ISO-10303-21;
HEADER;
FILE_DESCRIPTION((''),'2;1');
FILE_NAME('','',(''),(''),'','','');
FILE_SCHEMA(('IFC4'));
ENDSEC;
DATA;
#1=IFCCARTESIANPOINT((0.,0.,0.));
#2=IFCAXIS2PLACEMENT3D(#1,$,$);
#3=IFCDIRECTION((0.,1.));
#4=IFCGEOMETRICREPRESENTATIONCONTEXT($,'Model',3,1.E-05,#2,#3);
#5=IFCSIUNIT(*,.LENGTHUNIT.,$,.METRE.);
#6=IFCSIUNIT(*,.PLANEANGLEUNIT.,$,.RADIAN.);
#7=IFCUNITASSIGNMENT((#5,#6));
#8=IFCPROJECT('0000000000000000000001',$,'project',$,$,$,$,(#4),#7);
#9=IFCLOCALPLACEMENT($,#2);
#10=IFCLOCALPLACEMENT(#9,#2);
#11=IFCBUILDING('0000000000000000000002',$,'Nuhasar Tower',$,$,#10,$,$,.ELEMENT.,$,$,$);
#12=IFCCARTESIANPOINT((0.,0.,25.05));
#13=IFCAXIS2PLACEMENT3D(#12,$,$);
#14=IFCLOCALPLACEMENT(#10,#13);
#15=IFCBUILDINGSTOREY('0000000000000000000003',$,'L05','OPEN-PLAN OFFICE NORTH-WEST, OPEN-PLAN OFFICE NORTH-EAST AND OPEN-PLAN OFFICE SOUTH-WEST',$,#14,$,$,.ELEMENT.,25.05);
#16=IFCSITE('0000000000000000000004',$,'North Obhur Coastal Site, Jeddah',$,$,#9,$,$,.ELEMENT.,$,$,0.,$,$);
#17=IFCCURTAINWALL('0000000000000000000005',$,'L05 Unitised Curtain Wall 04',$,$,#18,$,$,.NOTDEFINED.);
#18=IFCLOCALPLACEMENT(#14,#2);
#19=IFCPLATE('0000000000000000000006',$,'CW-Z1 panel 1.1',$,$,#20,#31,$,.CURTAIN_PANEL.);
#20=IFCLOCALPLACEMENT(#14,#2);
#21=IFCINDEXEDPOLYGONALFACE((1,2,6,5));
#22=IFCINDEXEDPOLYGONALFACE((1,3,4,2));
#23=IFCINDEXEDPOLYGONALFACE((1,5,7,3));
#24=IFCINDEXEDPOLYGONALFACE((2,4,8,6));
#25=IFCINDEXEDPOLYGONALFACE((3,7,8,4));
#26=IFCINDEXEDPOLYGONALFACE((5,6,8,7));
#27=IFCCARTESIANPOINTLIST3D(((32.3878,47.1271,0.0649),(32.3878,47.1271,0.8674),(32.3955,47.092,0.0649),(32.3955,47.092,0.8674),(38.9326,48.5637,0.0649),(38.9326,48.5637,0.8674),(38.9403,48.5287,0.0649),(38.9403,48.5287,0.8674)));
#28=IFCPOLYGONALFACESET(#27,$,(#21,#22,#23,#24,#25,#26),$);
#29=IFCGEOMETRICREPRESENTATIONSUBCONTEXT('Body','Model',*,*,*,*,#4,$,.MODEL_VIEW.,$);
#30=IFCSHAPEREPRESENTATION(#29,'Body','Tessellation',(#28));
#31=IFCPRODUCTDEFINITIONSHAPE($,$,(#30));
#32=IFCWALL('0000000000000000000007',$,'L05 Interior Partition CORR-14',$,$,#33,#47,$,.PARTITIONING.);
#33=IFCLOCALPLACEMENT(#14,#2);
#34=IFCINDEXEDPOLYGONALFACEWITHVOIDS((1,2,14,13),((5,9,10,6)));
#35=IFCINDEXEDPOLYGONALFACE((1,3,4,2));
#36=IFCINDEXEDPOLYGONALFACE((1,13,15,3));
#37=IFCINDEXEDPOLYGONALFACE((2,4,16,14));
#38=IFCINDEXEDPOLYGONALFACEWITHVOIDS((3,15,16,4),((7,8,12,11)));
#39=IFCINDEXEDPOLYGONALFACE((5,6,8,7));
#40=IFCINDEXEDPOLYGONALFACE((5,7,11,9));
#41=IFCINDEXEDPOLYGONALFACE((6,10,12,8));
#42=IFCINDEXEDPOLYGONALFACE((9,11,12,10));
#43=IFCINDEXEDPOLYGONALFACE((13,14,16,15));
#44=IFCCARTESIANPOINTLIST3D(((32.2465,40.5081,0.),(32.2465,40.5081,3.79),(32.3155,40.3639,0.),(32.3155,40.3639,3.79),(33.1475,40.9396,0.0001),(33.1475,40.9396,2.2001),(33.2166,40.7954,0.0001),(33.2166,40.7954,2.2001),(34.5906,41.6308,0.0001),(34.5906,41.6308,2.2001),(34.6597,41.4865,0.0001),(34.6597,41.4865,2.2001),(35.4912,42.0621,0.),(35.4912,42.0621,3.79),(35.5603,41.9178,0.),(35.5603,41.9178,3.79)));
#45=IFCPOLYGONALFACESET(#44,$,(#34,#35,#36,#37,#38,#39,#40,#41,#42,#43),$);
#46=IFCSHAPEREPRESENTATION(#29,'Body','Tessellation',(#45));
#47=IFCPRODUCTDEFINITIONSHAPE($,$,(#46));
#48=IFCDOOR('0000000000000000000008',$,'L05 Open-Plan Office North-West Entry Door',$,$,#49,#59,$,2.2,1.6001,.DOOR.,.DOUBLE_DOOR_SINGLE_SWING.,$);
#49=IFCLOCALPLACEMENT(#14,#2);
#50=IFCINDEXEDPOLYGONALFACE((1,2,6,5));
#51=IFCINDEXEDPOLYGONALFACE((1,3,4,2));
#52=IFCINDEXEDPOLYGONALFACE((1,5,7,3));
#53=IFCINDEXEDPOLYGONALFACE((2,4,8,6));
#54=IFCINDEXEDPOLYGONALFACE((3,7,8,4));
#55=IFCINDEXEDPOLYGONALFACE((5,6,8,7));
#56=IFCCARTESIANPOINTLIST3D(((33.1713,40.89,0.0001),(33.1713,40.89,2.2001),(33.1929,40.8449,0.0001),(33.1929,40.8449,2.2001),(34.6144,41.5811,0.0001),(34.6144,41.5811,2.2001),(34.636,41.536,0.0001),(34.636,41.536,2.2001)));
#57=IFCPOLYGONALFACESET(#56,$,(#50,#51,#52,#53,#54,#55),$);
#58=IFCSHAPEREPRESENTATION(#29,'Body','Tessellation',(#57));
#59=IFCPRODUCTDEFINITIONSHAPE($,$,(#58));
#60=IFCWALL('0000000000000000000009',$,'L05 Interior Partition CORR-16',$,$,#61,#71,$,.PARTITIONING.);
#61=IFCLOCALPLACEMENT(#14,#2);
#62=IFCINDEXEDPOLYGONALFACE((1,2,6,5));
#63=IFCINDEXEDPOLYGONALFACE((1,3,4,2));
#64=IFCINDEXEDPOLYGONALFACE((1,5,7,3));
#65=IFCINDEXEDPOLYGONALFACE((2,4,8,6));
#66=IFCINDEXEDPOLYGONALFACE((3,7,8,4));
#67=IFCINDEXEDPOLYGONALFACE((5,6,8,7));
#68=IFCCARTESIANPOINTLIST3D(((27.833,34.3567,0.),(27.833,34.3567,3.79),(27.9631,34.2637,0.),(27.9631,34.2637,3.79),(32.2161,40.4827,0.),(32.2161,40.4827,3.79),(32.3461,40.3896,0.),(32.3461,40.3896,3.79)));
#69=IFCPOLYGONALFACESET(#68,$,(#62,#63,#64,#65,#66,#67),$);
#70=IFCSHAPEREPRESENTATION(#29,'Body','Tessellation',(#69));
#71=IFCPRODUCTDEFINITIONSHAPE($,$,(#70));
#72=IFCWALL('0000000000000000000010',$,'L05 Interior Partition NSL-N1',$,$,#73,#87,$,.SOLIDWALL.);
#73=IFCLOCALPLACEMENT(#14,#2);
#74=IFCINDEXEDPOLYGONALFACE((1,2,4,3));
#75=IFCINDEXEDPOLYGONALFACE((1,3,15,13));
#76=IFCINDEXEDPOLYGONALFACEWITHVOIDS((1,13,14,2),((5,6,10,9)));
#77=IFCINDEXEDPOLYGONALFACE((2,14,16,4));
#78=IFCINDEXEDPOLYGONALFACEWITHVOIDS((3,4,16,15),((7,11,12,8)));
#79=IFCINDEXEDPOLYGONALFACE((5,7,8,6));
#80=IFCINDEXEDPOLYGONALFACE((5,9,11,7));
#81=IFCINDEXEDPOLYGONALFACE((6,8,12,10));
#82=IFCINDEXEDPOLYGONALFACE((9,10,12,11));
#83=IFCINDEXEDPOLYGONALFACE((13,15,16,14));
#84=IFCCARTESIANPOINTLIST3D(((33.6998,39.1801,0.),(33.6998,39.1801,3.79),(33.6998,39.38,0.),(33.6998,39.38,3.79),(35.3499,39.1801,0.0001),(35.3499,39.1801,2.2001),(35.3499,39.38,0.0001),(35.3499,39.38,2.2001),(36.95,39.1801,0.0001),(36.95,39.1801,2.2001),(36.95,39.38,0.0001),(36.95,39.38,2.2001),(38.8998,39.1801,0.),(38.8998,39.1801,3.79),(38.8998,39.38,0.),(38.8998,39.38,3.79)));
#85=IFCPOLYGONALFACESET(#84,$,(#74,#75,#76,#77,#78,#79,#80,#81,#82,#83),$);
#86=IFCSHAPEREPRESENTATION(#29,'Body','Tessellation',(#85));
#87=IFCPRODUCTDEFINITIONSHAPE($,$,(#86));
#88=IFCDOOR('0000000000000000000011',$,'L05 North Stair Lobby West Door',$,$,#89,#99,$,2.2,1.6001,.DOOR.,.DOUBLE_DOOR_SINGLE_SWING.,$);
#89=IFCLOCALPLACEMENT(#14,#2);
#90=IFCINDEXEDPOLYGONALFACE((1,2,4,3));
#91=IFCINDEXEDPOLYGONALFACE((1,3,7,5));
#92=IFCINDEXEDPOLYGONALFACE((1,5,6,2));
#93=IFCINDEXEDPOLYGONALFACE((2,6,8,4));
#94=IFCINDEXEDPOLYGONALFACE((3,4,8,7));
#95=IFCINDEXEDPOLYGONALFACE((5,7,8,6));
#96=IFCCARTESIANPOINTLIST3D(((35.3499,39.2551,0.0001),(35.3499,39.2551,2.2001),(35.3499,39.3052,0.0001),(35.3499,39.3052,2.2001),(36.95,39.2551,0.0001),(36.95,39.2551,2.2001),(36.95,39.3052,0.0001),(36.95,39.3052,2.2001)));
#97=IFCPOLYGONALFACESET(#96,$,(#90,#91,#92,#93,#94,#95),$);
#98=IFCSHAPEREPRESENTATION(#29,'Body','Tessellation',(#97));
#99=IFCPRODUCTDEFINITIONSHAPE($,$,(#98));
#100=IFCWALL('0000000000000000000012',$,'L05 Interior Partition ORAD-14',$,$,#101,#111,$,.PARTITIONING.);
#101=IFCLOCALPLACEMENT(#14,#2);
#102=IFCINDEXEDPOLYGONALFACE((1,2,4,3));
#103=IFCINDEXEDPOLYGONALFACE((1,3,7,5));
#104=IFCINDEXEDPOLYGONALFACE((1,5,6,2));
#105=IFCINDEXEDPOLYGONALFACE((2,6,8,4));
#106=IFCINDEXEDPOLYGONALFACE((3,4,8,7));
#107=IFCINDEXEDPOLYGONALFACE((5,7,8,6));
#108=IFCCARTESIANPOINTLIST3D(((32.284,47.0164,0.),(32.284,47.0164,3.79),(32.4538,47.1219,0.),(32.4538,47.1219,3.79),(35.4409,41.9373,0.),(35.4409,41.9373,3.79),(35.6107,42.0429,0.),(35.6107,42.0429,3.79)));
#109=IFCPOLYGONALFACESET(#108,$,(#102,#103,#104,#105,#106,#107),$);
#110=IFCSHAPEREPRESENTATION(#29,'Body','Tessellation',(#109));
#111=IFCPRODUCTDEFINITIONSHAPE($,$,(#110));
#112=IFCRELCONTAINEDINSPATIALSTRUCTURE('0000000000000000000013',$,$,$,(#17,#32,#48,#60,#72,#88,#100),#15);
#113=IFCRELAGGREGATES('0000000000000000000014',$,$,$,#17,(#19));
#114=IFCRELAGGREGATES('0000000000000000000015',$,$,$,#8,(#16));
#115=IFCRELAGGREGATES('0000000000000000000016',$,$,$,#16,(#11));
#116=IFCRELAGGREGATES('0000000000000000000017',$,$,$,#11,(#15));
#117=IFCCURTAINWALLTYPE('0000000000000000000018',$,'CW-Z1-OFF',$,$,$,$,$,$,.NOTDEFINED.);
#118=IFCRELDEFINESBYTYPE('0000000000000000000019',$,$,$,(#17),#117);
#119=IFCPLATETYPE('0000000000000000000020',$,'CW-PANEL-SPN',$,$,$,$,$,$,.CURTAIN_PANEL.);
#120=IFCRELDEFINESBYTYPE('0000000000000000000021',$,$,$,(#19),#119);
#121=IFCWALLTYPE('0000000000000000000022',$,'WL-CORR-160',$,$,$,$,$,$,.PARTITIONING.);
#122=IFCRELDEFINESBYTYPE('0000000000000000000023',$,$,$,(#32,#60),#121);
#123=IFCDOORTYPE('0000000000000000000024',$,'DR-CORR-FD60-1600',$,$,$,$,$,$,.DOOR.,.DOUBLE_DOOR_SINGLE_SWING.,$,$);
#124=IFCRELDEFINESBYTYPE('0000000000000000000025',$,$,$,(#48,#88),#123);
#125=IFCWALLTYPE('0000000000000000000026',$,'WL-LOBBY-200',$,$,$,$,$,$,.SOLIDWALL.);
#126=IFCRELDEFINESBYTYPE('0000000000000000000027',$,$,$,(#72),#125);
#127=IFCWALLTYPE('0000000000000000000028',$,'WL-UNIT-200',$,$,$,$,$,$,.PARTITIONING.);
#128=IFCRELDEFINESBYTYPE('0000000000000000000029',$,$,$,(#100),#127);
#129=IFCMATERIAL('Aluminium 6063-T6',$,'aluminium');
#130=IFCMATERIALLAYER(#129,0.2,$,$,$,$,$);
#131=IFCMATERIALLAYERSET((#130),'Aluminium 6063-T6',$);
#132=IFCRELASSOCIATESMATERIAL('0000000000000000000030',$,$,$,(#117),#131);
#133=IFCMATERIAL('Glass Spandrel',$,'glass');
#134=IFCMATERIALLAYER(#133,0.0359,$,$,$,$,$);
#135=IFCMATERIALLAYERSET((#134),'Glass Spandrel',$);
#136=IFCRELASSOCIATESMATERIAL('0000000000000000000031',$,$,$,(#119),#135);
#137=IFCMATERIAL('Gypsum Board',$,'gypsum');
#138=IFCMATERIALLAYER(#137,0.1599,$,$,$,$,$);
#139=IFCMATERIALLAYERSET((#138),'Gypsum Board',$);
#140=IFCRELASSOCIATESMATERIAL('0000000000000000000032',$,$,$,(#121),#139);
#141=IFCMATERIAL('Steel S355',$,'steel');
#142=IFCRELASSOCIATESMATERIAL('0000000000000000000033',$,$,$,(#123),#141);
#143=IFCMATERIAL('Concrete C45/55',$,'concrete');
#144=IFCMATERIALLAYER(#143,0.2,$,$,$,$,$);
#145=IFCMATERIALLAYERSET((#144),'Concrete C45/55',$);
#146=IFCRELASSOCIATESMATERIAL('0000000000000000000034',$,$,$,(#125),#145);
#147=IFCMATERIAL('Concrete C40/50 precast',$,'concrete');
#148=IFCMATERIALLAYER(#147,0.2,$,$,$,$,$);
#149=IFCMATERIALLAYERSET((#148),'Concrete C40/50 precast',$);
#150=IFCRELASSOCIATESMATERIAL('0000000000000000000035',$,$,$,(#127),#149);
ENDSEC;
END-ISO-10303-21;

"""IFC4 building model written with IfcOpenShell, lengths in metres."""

from ifc_helpers import new_model, si_unit, direction, frame, frame_2d, origin, origin_2d, place, context, subcontext, project, spatial, rectangle, extrude, material, layer, layer_set, type_object, element, fill, aggregate, save


model = new_model("IFC4")

# Units and contexts
model_context = context("Model", 3, precision=1e-05, world=origin(), true_north=direction((0.0, 1.0)))
body_context = subcontext(model_context, "Body", "Model", "MODEL_VIEW")
ifc_project = project(units=[si_unit("LENGTHUNIT", "METRE"), si_unit("PLANEANGLEUNIT", "RADIAN")], contexts=[model_context])

# Site, building, storey
site_placement = place(None, origin())
site = spatial("IfcSite", under=ifc_project, at=site_placement, Name="North Obhur Coastal Site, Jeddah", CompositionType="ELEMENT", RefElevation=0.0)
building_placement = place(site_placement, origin())
building = spatial("IfcBuilding", under=site, at=building_placement, Name="Nuhasar Tower", CompositionType="ELEMENT")
storey_placement = place(building_placement, frame((0.0, 0.0, 25.05)))
storey = spatial("IfcBuildingStorey", under=building, at=storey_placement, Name="L05", Description="OPEN-PLAN OFFICE NORTH-WEST, OPEN-PLAN OFFICE NORTH-EAST AND OPEN-PLAN OFFICE SOUTH-WEST", CompositionType="ELEMENT", Elevation=25.05)

# Shared definitions
ifc_material_1 = material(Name="Steel S355", Category="steel")

# Curtain wall
ifc_material_2 = material(Name="Aluminium 6063-T6", Category="aluminium")
ifc_layer_1 = layer(ifc_material_2, 0.2)
ifc_layer_set_1 = layer_set([ifc_layer_1], Name="Aluminium 6063-T6")
curtain_wall_type = type_object("IfcCurtainWallType", Name="CW-Z1-OFF", PredefinedType="NOTDEFINED", material=ifc_layer_set_1)
curtain_wall_placement = place(storey_placement, origin())
curtain_wall = element("IfcCurtainWall", 1, at=curtain_wall_placement, inside=storey, type_object=curtain_wall_type, Name="L05 Unitised Curtain Wall 04", PredefinedType="NOTDEFINED")

# Plate
ifc_material_3 = material(Name="Glass Spandrel", Category="glass")
ifc_layer_2 = layer(ifc_material_3, 0.0359)
ifc_layer_set_2 = layer_set([ifc_layer_2], Name="Glass Spandrel")
plate_type_1 = type_object("IfcPlateType", Name="CW-PANEL-SPN", PredefinedType="CURTAIN_PANEL", material=ifc_layer_set_2)
plate_1_placement = place(storey_placement, frame((35.6641, 47.8279, 0.0649), z_axis=(0.0, 0.0, 1.0), x_axis=(-0.976746, -0.214399, 0.0)))
plate_1 = element("IfcPlate", 2, at=plate_1_placement, type_object=plate_type_1, Name="CW-Z1 panel 1.1", PredefinedType="CURTAIN_PANEL", context=body_context, shape_type="SweptSolid", body=[
    extrude(rectangle(XDim=6.7007, YDim=0.0359, at=origin_2d()), origin(), (0.0, 0.0, 1.0), 0.8025),
])
aggregate(curtain_wall, [plate_1])

# Wall, opening, door
ifc_material_4 = material(Name="Gypsum Board", Category="gypsum")
ifc_layer_3 = layer(ifc_material_4, 0.1599)
ifc_layer_set_3 = layer_set([ifc_layer_3], Name="Gypsum Board")
wall_type_1 = type_object("IfcWallType", Name="WL-CORR-160", PredefinedType="PARTITIONING", material=ifc_layer_set_3)
wall_1_placement = place(storey_placement, frame((32.281, 40.436, 0.0), z_axis=(0.0, 0.0, 1.0), x_axis=(0.901911, 0.431921, 0.0)))
wall_1 = element("IfcWall", 3, at=wall_1_placement, inside=storey, type_object=wall_type_1, Name="L05 Interior Partition CORR-14", PredefinedType="PARTITIONING", context=body_context, shape_type="SweptSolid", body=[
    extrude(rectangle(XDim=3.5977, YDim=0.1599, at=frame_2d((1.7988, 0.0))), origin(), (0.0, 0.0, 1.0), 3.79),
])
opening_1_placement = place(wall_1_placement, frame((0.999, 0.0, 0.0)))
opening_1 = element("IfcOpeningElement", 4, at=opening_1_placement, cuts=wall_1, PredefinedType="OPENING", context=body_context, shape_type="SweptSolid", body=[
    extrude(rectangle(XDim=1.6001, YDim=2.2, at=frame_2d((0.8, 1.1001))), frame((0.0, 0.0898, 0.0), z_axis=(0.0, -1.0, 0.0), x_axis=(1.0, 0.0, 0.0)), (0.0, 0.0, 1.0), 0.1799),
])
door_type_1 = type_object("IfcDoorType", Name="DR-CORR-FD60-1600", OperationType="DOUBLE_DOOR_SINGLE_SWING", PredefinedType="DOOR", material=ifc_material_1)
door_1_placement = place(opening_1_placement, origin())
door_1 = element("IfcDoor", 5, at=door_1_placement, inside=storey, type_object=door_type_1, Name="L05 Open-Plan Office North-West Entry Door", OperationType="DOUBLE_DOOR_SINGLE_SWING", OverallHeight=2.2, OverallWidth=1.6001, PredefinedType="DOOR", context=body_context, shape_type="SweptSolid", body=[
    extrude(rectangle(XDim=1.6001, YDim=2.2, at=frame_2d((0.8, 1.1001))), frame((0.0, 0.0249, 0.0), z_axis=(0.0, -1.0, 0.0), x_axis=(1.0, 0.0, 0.0)), (0.0, 0.0, 1.0), 0.05),
])
fill(opening_1, door_1)

# Wall
wall_2_placement = place(storey_placement, frame((32.281, 40.436, 0.0), z_axis=(0.0, 0.0, 1.0), x_axis=(-0.581885, -0.813271, 0.0)))
element("IfcWall", 6, at=wall_2_placement, inside=storey, type_object=wall_type_1, Name="L05 Interior Partition CORR-16", PredefinedType="PARTITIONING", context=body_context, shape_type="SweptSolid", body=[
    extrude(rectangle(XDim=7.5325, YDim=0.1599, at=frame_2d((3.7661, 0.0))), origin(), (0.0, 0.0, 1.0), 3.79),
])

# Wall, opening, door
ifc_material_5 = material(Name="Concrete C45/55", Category="concrete")
ifc_layer_4 = layer(ifc_material_5, 0.2)
ifc_layer_set_4 = layer_set([ifc_layer_4], Name="Concrete C45/55")
wall_type_2 = type_object("IfcWallType", Name="WL-LOBBY-200", PredefinedType="SOLIDWALL", material=ifc_layer_set_4)
wall_3_placement = place(storey_placement, frame((38.8999, 39.28, 0.0), z_axis=(0.0, 0.0, 1.0), x_axis=(-1.0, 0.0, 0.0)))
wall_3 = element("IfcWall", 7, at=wall_3_placement, inside=storey, type_object=wall_type_2, Name="L05 Interior Partition NSL-N1", PredefinedType="SOLIDWALL", context=body_context, shape_type="SweptSolid", body=[
    extrude(rectangle(XDim=5.2, YDim=0.2, at=frame_2d((2.6001, 0.0))), origin(), (0.0, 0.0, 1.0), 3.79),
])
opening_2_placement = place(wall_3_placement, frame((1.95, 0.0, 0.0)))
opening_2 = element("IfcOpeningElement", 8, at=opening_2_placement, cuts=wall_3, PredefinedType="OPENING", context=body_context, shape_type="SweptSolid", body=[
    extrude(rectangle(XDim=1.6001, YDim=2.2, at=frame_2d((0.8, 1.1001))), frame((0.0, 0.1099, 0.0), z_axis=(0.0, -1.0, 0.0), x_axis=(1.0, 0.0, 0.0)), (0.0, 0.0, 1.0), 0.22),
])
door_2_placement = place(opening_2_placement, origin())
door_2 = element("IfcDoor", 9, at=door_2_placement, inside=storey, type_object=door_type_1, Name="L05 North Stair Lobby West Door", OperationType="DOUBLE_DOOR_SINGLE_SWING", OverallHeight=2.2, OverallWidth=1.6001, PredefinedType="DOOR", context=body_context, shape_type="SweptSolid", body=[
    extrude(rectangle(XDim=1.6001, YDim=2.2, at=frame_2d((0.8, 1.1001))), frame((0.0, 0.0249, 0.0), z_axis=(0.0, -1.0, 0.0), x_axis=(1.0, 0.0, 0.0)), (0.0, 0.0, 1.0), 0.05),
])
fill(opening_2, door_2)

# Wall
ifc_material_6 = material(Name="Concrete C40/50 precast", Category="concrete")
ifc_layer_5 = layer(ifc_material_6, 0.2)
ifc_layer_set_5 = layer_set([ifc_layer_5], Name="Concrete C40/50 precast")
wall_type_3 = type_object("IfcWallType", Name="WL-UNIT-200", PredefinedType="PARTITIONING", material=ifc_layer_set_5)
wall_4_placement = place(storey_placement, frame((35.5259, 41.99, 0.0), z_axis=(0.0, 0.0, 1.0), x_axis=(-0.527898, 0.849308, 0.0)))
element("IfcWall", 10, at=wall_4_placement, inside=storey, type_object=wall_type_3, Name="L05 Interior Partition ORAD-14", PredefinedType="PARTITIONING", context=body_context, shape_type="SweptSolid", body=[
    extrude(rectangle(XDim=5.9802, YDim=0.2, at=frame_2d((2.9902, 0.0))), origin(), (0.0, 0.0, 1.0), 3.79),
])

save(model, "model.ifc")
